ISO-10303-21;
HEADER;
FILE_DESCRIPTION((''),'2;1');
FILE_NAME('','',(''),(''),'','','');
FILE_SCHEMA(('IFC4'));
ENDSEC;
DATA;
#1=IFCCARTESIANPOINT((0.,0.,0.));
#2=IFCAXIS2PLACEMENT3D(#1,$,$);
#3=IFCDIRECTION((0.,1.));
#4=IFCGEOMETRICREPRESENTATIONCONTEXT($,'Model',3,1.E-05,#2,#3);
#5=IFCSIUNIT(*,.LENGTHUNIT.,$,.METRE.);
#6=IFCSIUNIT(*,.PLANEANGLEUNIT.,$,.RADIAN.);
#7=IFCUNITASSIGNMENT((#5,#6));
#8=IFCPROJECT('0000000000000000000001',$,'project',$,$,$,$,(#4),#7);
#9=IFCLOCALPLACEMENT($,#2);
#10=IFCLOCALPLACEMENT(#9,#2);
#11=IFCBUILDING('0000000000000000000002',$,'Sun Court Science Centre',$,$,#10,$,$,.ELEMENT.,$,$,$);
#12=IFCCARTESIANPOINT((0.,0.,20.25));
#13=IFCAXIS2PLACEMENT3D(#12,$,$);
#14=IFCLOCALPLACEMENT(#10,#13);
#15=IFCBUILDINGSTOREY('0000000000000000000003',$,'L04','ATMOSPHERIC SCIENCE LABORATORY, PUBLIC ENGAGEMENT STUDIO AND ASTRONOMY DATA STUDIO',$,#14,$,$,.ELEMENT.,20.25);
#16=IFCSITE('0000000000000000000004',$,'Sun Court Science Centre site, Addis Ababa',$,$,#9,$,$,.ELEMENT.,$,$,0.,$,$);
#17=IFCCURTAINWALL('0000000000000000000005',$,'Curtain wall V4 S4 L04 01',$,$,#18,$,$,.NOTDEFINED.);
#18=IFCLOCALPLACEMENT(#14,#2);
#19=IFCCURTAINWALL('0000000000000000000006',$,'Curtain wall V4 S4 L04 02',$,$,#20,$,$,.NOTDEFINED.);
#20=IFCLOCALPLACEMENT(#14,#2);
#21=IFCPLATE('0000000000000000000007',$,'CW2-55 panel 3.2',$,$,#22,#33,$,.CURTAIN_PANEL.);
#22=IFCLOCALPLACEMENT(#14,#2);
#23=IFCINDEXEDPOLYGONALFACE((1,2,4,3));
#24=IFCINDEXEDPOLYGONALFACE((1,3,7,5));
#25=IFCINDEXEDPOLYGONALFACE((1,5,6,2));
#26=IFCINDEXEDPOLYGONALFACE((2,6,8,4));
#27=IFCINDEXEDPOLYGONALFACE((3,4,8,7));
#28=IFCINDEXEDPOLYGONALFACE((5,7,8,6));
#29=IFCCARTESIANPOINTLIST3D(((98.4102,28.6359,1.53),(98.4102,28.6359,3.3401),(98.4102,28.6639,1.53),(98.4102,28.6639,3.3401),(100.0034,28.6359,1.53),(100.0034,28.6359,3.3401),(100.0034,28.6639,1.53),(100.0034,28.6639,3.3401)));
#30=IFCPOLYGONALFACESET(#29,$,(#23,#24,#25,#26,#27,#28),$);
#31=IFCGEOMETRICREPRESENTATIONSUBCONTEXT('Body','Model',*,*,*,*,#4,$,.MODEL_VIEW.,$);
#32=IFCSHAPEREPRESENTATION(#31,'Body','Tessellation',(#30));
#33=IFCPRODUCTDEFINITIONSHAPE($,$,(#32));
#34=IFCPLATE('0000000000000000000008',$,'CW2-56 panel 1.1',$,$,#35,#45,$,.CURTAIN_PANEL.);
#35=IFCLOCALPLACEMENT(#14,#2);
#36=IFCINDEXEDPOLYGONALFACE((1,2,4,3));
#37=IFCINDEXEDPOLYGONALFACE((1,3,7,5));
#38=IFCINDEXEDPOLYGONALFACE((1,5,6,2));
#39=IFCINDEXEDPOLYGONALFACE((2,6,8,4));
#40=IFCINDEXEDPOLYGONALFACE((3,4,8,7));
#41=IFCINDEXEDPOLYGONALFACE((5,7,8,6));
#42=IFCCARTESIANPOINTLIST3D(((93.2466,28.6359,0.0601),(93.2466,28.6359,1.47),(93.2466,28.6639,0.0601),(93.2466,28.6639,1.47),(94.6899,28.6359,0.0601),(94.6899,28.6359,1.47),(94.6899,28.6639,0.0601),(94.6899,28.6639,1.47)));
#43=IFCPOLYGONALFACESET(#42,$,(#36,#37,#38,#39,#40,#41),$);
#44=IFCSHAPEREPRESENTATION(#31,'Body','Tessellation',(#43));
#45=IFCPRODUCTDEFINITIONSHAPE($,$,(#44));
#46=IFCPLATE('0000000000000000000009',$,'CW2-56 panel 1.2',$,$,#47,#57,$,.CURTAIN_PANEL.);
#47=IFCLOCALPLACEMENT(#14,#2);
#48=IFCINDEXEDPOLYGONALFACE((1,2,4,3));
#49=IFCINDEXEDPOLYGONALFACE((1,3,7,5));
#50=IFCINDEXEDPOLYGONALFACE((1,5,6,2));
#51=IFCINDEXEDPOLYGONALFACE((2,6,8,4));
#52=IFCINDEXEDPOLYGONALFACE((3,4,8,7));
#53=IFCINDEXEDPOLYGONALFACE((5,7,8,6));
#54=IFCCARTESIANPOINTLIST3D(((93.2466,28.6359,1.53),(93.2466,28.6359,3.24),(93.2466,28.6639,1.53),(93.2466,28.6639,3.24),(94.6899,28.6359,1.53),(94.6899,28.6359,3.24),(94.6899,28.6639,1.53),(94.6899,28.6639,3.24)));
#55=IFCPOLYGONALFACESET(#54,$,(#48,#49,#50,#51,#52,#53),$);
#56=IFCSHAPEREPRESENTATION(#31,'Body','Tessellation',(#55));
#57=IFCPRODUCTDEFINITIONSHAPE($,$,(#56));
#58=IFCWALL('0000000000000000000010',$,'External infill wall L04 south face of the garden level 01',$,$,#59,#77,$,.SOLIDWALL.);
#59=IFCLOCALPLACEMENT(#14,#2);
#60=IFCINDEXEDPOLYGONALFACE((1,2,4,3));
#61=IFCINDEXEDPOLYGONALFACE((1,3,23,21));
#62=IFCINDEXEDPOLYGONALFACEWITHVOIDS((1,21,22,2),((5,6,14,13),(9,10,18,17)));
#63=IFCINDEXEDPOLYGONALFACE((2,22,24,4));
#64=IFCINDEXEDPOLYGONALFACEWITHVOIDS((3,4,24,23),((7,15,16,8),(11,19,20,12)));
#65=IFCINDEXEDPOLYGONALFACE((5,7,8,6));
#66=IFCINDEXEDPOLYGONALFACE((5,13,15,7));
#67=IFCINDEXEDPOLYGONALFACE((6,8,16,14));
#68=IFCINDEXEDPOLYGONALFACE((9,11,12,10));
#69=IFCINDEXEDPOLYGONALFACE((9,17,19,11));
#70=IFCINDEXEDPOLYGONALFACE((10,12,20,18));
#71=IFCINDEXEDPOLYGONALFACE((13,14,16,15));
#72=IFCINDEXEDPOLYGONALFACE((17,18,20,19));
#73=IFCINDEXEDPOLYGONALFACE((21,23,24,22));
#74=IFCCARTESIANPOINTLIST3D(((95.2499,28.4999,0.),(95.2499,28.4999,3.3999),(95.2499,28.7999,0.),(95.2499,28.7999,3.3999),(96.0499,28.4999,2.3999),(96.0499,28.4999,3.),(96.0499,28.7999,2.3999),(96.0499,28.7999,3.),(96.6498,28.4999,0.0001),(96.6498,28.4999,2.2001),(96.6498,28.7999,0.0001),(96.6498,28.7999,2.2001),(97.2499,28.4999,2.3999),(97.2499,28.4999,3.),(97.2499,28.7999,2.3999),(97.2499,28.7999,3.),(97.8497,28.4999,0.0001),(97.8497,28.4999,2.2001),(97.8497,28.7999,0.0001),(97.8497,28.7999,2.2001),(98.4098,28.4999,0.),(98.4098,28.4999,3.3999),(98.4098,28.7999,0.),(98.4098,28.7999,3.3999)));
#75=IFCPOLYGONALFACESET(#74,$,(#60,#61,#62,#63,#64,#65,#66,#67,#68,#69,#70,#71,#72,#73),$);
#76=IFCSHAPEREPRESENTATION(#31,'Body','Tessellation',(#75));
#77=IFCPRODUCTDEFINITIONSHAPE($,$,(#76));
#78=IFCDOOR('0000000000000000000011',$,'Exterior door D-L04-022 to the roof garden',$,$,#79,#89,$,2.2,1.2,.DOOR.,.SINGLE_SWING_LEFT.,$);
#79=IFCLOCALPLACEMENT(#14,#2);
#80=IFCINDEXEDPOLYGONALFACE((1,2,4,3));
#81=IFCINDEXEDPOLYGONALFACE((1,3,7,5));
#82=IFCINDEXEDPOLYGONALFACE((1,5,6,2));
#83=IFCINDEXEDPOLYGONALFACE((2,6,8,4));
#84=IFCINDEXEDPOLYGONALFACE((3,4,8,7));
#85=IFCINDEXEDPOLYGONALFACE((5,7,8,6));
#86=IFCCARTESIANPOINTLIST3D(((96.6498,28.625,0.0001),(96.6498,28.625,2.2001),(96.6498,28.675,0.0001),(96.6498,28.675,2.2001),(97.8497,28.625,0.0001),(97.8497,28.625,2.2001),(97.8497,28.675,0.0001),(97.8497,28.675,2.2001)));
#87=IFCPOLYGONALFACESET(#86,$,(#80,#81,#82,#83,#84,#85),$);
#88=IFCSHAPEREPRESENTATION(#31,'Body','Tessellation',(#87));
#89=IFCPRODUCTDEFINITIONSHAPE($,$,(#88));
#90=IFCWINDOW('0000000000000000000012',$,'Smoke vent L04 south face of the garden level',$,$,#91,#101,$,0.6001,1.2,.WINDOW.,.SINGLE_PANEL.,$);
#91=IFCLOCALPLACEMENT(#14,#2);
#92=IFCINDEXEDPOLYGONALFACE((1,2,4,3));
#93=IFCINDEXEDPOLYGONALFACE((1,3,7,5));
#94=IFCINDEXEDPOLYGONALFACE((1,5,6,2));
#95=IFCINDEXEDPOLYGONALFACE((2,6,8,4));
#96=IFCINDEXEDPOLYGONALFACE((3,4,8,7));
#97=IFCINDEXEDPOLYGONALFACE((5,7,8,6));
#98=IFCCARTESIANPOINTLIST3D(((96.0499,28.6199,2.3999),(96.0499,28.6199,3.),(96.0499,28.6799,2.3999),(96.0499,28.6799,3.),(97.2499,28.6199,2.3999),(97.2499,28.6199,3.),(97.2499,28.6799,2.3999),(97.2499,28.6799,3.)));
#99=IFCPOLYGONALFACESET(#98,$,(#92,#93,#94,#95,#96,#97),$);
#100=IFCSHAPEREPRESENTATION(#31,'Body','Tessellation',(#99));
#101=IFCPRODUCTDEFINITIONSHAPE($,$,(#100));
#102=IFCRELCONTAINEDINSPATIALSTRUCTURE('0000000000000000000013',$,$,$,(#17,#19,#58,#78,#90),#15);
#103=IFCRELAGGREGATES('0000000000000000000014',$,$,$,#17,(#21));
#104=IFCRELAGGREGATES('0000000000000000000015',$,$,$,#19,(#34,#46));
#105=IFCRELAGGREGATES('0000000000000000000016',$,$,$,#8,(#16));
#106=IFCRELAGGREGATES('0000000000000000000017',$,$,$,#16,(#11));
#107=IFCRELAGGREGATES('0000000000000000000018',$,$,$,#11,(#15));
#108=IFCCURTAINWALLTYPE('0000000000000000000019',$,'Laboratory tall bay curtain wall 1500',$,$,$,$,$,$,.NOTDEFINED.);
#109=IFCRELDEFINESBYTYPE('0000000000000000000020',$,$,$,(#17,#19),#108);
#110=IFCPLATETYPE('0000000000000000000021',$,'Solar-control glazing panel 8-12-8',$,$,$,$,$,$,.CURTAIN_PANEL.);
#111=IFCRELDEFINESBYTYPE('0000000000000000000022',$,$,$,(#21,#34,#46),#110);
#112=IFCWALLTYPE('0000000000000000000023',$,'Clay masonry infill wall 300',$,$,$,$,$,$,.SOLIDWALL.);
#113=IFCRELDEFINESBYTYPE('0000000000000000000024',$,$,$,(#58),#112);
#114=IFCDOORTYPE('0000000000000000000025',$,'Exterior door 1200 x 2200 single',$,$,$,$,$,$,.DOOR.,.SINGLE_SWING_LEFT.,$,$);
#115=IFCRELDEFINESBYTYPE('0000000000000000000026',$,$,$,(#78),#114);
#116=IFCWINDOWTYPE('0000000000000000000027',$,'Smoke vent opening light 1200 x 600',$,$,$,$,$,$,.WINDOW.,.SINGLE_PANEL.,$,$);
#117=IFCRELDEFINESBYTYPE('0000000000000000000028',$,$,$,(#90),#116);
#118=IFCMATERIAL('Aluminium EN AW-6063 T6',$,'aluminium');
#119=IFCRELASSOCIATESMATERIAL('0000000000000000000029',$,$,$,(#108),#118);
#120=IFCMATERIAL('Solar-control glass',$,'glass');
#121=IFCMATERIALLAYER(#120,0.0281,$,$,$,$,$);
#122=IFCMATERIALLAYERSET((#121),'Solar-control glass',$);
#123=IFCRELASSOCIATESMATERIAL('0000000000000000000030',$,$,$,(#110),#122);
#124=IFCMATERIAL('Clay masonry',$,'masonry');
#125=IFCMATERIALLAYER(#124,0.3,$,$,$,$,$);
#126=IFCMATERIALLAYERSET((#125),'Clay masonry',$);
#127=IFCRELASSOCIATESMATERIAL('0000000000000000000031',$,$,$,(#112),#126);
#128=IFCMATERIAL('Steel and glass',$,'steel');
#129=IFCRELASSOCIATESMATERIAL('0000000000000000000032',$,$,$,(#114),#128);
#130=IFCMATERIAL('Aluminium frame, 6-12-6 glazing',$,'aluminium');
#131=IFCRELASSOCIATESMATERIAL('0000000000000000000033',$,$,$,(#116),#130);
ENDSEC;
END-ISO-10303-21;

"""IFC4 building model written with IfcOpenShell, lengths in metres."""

from ifc_helpers import new_model, si_unit, direction, frame, frame_2d, origin, origin_2d, place, context, subcontext, project, spatial, rectangle, extrude, material, layer, layer_set, type_object, element, fill, aggregate, save


model = new_model("IFC4")

# Units and contexts
model_context = context("Model", 3, precision=1e-05, world=origin(), true_north=direction((0.0, 1.0)))
body_context = subcontext(model_context, "Body", "Model", "MODEL_VIEW")
ifc_project = project(units=[si_unit("LENGTHUNIT", "METRE"), si_unit("PLANEANGLEUNIT", "RADIAN")], contexts=[model_context])

# Site, building, storey
site_placement = place(None, origin())
site = spatial("IfcSite", under=ifc_project, at=site_placement, Name="Sun Court Science Centre site, Addis Ababa", CompositionType="ELEMENT", RefElevation=0.0)
building_placement = place(site_placement, origin())
building = spatial("IfcBuilding", under=site, at=building_placement, Name="Sun Court Science Centre", CompositionType="ELEMENT")
storey_placement = place(building_placement, frame((0.0, 0.0, 20.25)))
storey = spatial("IfcBuildingStorey", under=building, at=storey_placement, Name="L04", Description="ATMOSPHERIC SCIENCE LABORATORY, PUBLIC ENGAGEMENT STUDIO AND ASTRONOMY DATA STUDIO", CompositionType="ELEMENT", Elevation=20.25)

# Curtain wall
ifc_material_1 = material(Name="Aluminium EN AW-6063 T6", Category="aluminium")
curtain_wall_type = type_object("IfcCurtainWallType", Name="Laboratory tall bay curtain wall 1500", PredefinedType="NOTDEFINED", material=ifc_material_1)
curtain_wall_1_placement = place(storey_placement, origin())
curtain_wall_1 = element("IfcCurtainWall", 1, at=curtain_wall_1_placement, inside=storey, type_object=curtain_wall_type, Name="Curtain wall V4 S4 L04 01", PredefinedType="NOTDEFINED")

# Curtain wall
curtain_wall_2_placement = place(storey_placement, origin())
curtain_wall_2 = element("IfcCurtainWall", 2, at=curtain_wall_2_placement, inside=storey, type_object=curtain_wall_type, Name="Curtain wall V4 S4 L04 02", PredefinedType="NOTDEFINED")

# Plates
ifc_material_2 = material(Name="Solar-control glass", Category="glass")
ifc_layer_1 = layer(ifc_material_2, 0.0281)
ifc_layer_set_1 = layer_set([ifc_layer_1], Name="Solar-control glass")
plate_type = type_object("IfcPlateType", Name="Solar-control glazing panel 8-12-8", PredefinedType="CURTAIN_PANEL", material=ifc_layer_set_1)
plate_1_placement = place(storey_placement, frame((99.2068, 28.6499, 1.53), z_axis=(0.0, 0.0, 1.0), x_axis=(-1.0, 0.0, 0.0)))
plate_1 = element("IfcPlate", 3, at=plate_1_placement, type_object=plate_type, Name="CW2-55 panel 3.2", PredefinedType="CURTAIN_PANEL", context=body_context, shape_type="SweptSolid", body=[
    extrude(rectangle(XDim=1.5933, YDim=0.0281, at=origin_2d()), origin(), (0.0, 0.0, 1.0), 1.8101),
])
aggregate(curtain_wall_1, [plate_1])
plate_2_placement = place(storey_placement, frame((93.9683, 28.6499, 0.0601), z_axis=(0.0, 0.0, 1.0), x_axis=(-1.0, 0.0, 0.0)))
plate_2 = element("IfcPlate", 4, at=plate_2_placement, type_object=plate_type, Name="CW2-56 panel 1.1", PredefinedType="CURTAIN_PANEL", context=body_context, shape_type="SweptSolid", body=[
    extrude(rectangle(XDim=1.4434, YDim=0.0281, at=origin_2d()), origin(), (0.0, 0.0, 1.0), 1.4099),
])
plate_3_placement = place(storey_placement, frame((93.9683, 28.6499, 1.53), z_axis=(0.0, 0.0, 1.0), x_axis=(-1.0, 0.0, 0.0)))
plate_3 = element("IfcPlate", 5, at=plate_3_placement, type_object=plate_type, Name="CW2-56 panel 1.2", PredefinedType="CURTAIN_PANEL", context=body_context, shape_type="SweptSolid", body=[
    extrude(rectangle(XDim=1.4434, YDim=0.0281, at=origin_2d()), origin(), (0.0, 0.0, 1.0), 1.71),
])
aggregate(curtain_wall_2, [plate_2, plate_3])

# Wall, openings, door, window
ifc_material_3 = material(Name="Clay masonry", Category="masonry")
ifc_layer_2 = layer(ifc_material_3, 0.3)
ifc_layer_set_2 = layer_set([ifc_layer_2], Name="Clay masonry")
wall_type = type_object("IfcWallType", Name="Clay masonry infill wall 300", PredefinedType="SOLIDWALL", material=ifc_layer_set_2)
wall_placement = place(storey_placement, frame((98.4099, 28.6499, 0.0), z_axis=(0.0, 0.0, 1.0), x_axis=(-1.0, 0.0, 0.0)))
wall = element("IfcWall", 6, at=wall_placement, inside=storey, type_object=wall_type, Name="External infill wall L04 south face of the garden level 01", PredefinedType="SOLIDWALL", context=body_context, shape_type="SweptSolid", body=[
    extrude(rectangle(XDim=3.1599, YDim=0.3, at=frame_2d((1.5801, 0.0))), origin(), (0.0, 0.0, 1.0), 3.3999),
])
opening_1_placement = place(wall_placement, frame((0.5601, 0.0, 0.0)))
opening_1 = element("IfcOpeningElement", 7, at=opening_1_placement, cuts=wall, PredefinedType="OPENING", context=body_context, shape_type="SweptSolid", body=[
    extrude(rectangle(XDim=1.2, YDim=2.2, at=frame_2d((0.6001, 1.1001))), frame((0.0, 0.1599, 0.0), z_axis=(0.0, -1.0, 0.0), x_axis=(1.0, 0.0, 0.0)), (0.0, 0.0, 1.0), 0.3201),
])
opening_2_placement = place(wall_placement, frame((1.1599, 0.0, 2.3999)))
opening_2 = element("IfcOpeningElement", 8, at=opening_2_placement, cuts=wall, PredefinedType="OPENING", context=body_context, shape_type="SweptSolid", body=[
    extrude(rectangle(XDim=1.2, YDim=0.6001, at=frame_2d((0.6001, 0.3))), frame((0.0, 0.1599, 0.0), z_axis=(0.0, -1.0, 0.0), x_axis=(1.0, 0.0, 0.0)), (0.0, 0.0, 1.0), 0.3201),
])
ifc_material_4 = material(Name="Steel and glass", Category="steel")
door_type = type_object("IfcDoorType", Name="Exterior door 1200 x 2200 single", OperationType="SINGLE_SWING_LEFT", PredefinedType="DOOR", material=ifc_material_4)
door_placement = place(opening_1_placement, origin())
door = element("IfcDoor", 9, at=door_placement, inside=storey, type_object=door_type, Name="Exterior door D-L04-022 to the roof garden", OperationType="SINGLE_SWING_LEFT", OverallHeight=2.2, OverallWidth=1.2, PredefinedType="DOOR", context=body_context, shape_type="SweptSolid", body=[
    extrude(rectangle(XDim=1.2, YDim=2.2, at=frame_2d((0.6001, 1.1001))), frame((0.0, 0.0249, 0.0), z_axis=(0.0, -1.0, 0.0), x_axis=(1.0, 0.0, 0.0)), (0.0, 0.0, 1.0), 0.05),
])
fill(opening_1, door)
ifc_material_5 = material(Name="Aluminium frame, 6-12-6 glazing", Category="aluminium")
window_type = type_object("IfcWindowType", Name="Smoke vent opening light 1200 x 600", PartitioningType="SINGLE_PANEL", PredefinedType="WINDOW", material=ifc_material_5)
window_placement = place(opening_2_placement, origin())
window = element("IfcWindow", 10, at=window_placement, inside=storey, type_object=window_type, Name="Smoke vent L04 south face of the garden level", OverallHeight=0.6001, OverallWidth=1.2, PartitioningType="SINGLE_PANEL", PredefinedType="WINDOW", context=body_context, shape_type="SweptSolid", body=[
    extrude(rectangle(XDim=1.2, YDim=0.6001, at=frame_2d((0.6001, 0.3))), frame((0.0, 0.03, 0.0), z_axis=(0.0, -1.0, 0.0), x_axis=(1.0, 0.0, 0.0)), (0.0, 0.0, 1.0), 0.0601),
])
fill(opening_2, window)

save(model, "model.ifc")
